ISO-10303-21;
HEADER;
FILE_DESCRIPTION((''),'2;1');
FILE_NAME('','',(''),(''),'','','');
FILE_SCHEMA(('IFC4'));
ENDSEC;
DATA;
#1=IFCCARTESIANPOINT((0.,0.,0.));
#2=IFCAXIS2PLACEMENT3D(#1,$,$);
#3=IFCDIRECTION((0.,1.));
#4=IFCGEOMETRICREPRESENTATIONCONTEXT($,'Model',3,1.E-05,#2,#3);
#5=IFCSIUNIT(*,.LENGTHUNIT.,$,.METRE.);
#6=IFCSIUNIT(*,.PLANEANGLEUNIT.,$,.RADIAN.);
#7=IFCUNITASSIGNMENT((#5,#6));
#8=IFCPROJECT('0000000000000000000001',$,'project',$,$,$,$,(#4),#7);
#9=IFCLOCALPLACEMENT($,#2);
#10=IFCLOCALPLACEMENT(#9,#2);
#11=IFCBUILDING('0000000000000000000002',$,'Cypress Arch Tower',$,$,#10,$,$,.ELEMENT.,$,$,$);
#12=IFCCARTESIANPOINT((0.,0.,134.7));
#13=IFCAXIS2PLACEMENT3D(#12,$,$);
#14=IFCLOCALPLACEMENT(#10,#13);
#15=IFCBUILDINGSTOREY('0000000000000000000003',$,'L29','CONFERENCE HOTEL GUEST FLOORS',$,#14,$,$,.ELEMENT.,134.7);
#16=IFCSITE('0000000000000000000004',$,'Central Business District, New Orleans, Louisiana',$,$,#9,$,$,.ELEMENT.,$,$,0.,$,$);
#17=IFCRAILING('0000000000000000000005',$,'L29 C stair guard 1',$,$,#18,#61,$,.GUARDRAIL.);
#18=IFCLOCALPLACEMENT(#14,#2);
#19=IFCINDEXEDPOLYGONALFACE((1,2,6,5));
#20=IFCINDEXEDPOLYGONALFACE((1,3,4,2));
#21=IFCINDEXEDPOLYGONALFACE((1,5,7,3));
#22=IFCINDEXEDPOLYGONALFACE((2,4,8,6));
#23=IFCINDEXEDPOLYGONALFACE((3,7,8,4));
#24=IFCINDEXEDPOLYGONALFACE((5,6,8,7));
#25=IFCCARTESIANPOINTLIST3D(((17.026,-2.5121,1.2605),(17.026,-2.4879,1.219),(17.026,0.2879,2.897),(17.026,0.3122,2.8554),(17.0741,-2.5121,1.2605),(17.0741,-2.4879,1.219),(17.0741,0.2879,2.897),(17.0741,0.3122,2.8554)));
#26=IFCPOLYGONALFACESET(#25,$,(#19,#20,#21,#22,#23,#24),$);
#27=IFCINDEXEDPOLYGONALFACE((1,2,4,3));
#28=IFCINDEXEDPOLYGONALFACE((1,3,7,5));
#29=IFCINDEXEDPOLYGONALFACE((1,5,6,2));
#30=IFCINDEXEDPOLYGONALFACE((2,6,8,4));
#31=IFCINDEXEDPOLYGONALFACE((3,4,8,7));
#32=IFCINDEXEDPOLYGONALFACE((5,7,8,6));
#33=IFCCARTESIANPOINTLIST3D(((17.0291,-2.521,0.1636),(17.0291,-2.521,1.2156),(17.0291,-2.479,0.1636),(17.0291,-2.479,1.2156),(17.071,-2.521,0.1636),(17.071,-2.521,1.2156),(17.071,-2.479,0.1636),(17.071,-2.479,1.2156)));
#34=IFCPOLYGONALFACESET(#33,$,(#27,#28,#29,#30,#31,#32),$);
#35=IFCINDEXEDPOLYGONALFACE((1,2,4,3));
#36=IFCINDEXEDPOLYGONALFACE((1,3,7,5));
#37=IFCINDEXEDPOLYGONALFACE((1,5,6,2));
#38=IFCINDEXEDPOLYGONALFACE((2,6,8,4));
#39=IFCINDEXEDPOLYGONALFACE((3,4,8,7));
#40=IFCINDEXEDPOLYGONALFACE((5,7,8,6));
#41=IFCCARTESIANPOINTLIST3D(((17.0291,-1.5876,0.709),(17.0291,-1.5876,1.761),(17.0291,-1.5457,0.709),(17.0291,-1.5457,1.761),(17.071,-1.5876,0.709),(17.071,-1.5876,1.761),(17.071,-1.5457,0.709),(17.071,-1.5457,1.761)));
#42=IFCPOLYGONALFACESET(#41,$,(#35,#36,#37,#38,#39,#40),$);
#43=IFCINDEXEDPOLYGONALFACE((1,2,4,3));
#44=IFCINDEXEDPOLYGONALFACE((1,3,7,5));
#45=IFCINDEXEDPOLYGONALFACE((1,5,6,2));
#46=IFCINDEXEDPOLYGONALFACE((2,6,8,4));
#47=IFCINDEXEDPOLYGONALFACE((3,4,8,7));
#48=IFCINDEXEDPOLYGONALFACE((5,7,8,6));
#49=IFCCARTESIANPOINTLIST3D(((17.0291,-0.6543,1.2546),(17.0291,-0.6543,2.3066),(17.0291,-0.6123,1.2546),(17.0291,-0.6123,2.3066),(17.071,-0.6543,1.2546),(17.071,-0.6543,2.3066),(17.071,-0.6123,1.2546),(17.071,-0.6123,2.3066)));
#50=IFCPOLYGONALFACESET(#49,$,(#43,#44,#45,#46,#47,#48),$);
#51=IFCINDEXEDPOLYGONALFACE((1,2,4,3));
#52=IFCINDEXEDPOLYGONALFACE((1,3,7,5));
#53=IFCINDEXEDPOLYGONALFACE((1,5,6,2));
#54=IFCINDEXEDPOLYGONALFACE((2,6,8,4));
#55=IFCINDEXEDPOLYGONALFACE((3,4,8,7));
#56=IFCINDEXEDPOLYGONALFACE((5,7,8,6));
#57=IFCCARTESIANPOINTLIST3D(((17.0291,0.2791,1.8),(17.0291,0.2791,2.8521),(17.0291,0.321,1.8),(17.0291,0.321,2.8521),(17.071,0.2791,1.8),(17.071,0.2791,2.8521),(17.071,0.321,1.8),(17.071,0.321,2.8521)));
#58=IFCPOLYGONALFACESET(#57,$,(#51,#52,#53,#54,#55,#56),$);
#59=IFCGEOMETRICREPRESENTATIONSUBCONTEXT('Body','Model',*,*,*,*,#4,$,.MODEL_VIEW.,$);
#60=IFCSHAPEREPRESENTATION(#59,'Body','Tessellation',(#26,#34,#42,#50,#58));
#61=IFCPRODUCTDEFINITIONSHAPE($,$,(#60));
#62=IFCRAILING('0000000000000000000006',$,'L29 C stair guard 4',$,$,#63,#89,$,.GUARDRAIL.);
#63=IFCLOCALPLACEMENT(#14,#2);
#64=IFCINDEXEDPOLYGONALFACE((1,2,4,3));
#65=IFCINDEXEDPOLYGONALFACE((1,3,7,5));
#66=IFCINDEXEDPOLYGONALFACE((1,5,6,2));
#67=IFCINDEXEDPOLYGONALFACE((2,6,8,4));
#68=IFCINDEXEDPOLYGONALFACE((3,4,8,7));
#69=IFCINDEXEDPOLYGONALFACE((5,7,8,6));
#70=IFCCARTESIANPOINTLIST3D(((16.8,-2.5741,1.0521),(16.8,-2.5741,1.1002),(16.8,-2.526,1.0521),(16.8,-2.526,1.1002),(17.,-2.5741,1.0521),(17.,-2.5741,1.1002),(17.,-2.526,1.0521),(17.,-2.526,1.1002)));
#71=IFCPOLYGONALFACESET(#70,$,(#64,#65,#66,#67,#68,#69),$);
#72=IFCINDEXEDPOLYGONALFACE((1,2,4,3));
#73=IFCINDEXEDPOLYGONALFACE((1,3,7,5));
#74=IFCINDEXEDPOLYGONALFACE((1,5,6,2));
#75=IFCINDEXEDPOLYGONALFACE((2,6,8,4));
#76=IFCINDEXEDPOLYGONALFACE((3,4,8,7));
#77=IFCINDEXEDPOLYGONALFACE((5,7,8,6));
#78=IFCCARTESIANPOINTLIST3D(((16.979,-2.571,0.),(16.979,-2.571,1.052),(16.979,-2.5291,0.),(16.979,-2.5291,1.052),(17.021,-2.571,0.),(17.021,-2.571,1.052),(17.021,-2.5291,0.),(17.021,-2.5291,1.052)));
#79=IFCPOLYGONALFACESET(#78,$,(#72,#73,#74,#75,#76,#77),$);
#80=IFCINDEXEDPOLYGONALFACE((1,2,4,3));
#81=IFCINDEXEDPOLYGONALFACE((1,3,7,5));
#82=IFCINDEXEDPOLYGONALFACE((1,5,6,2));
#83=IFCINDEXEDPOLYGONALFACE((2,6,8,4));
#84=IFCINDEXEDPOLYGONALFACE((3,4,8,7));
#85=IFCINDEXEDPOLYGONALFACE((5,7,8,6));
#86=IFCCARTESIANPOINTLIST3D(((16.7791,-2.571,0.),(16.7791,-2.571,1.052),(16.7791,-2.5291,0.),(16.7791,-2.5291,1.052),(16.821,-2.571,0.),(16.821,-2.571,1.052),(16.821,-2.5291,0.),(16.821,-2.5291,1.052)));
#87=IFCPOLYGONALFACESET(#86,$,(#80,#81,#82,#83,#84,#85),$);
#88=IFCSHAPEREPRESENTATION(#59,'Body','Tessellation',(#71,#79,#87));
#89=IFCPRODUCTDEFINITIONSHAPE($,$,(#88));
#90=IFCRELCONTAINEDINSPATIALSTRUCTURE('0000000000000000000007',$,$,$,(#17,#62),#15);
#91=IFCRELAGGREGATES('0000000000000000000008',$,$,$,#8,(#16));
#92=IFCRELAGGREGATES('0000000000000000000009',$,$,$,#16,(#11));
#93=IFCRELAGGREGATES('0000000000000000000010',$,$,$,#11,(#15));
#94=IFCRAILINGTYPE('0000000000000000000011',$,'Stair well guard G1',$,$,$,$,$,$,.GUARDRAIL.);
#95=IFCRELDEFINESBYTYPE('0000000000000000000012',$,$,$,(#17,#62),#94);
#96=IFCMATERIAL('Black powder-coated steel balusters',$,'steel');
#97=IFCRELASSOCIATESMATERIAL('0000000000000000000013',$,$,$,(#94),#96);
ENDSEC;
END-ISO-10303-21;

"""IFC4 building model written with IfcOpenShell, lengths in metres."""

from ifc_helpers import new_model, si_unit, direction, frame, origin, origin_2d, place, context, subcontext, project, spatial, rectangle, extrude, material, type_object, element, save


model = new_model("IFC4")

# Units and contexts
model_context = context("Model", 3, precision=1e-05, world=origin(), true_north=direction((0.0, 1.0)))
body_context = subcontext(model_context, "Body", "Model", "MODEL_VIEW")
ifc_project = project(units=[si_unit("LENGTHUNIT", "METRE"), si_unit("PLANEANGLEUNIT", "RADIAN")], contexts=[model_context])

# Site, building, storey
site_placement = place(None, origin())
site = spatial("IfcSite", under=ifc_project, at=site_placement, Name="Central Business District, New Orleans, Louisiana", CompositionType="ELEMENT", RefElevation=0.0)
building_placement = place(site_placement, origin())
building = spatial("IfcBuilding", under=site, at=building_placement, Name="Cypress Arch Tower", CompositionType="ELEMENT")
storey_placement = place(building_placement, frame((0.0, 0.0, 134.7)))
storey = spatial("IfcBuildingStorey", under=building, at=storey_placement, Name="L29", Description="CONFERENCE HOTEL GUEST FLOORS", CompositionType="ELEMENT", Elevation=134.7)

# Railings
ifc_material_1 = material(Name="Black powder-coated steel balusters", Category="steel")
railing_type_1 = type_object("IfcRailingType", Name="Stair well guard G1", PredefinedType="GUARDRAIL", material=ifc_material_1)
railing_1_placement = place(storey_placement, frame((17.05, -2.5, 0.1636)))
element("IfcRailing", 1, at=railing_1_placement, inside=storey, type_object=railing_type_1, Name="L29 C stair guard 1", PredefinedType="GUARDRAIL", context=body_context, shape_type="SweptSolid", body=[
    extrude(rectangle(XDim=0.0481, YDim=0.0481, at=origin_2d()), frame((0.0, 0.0, 1.0762), z_axis=(0.0, 0.863361, 0.504587), x_axis=(-1.0, 0.0, 0.0)), (0.0, 0.0, 1.0), 3.2432),
    extrude(rectangle(XDim=0.042, YDim=0.042, at=origin_2d()), origin(), (0.0, 0.0, 1.0), 1.052),
    extrude(rectangle(XDim=0.042, YDim=0.042, at=origin_2d()), frame((0.0, 0.9333, 0.5454)), (0.0, 0.0, 1.0), 1.052),
    extrude(rectangle(XDim=0.042, YDim=0.042, at=origin_2d()), frame((0.0, 1.8667, 1.0911)), (0.0, 0.0, 1.0), 1.052),
    extrude(rectangle(XDim=0.042, YDim=0.042, at=origin_2d()), frame((0.0, 2.8, 1.6365)), (0.0, 0.0, 1.0), 1.052),
])
railing_2_placement = place(storey_placement, frame((17.0, -2.55, 0.0)))
element("IfcRailing", 2, at=railing_2_placement, inside=storey, type_object=railing_type_1, Name="L29 C stair guard 4", PredefinedType="GUARDRAIL", context=body_context, shape_type="SweptSolid", body=[
    extrude(rectangle(XDim=0.0481, YDim=0.0481, at=origin_2d()), frame((0.0, 0.0, 1.0762), z_axis=(-1.0, 0.0, 0.0), x_axis=(0.0, -1.0, 0.0)), (0.0, 0.0, 1.0), 0.2),
    extrude(rectangle(XDim=0.042, YDim=0.042, at=origin_2d()), origin(), (0.0, 0.0, 1.0), 1.052),
    extrude(rectangle(XDim=0.042, YDim=0.042, at=origin_2d()), frame((-0.2, 0.0, 0.0)), (0.0, 0.0, 1.0), 1.052),
])

save(model, "model.ifc")
